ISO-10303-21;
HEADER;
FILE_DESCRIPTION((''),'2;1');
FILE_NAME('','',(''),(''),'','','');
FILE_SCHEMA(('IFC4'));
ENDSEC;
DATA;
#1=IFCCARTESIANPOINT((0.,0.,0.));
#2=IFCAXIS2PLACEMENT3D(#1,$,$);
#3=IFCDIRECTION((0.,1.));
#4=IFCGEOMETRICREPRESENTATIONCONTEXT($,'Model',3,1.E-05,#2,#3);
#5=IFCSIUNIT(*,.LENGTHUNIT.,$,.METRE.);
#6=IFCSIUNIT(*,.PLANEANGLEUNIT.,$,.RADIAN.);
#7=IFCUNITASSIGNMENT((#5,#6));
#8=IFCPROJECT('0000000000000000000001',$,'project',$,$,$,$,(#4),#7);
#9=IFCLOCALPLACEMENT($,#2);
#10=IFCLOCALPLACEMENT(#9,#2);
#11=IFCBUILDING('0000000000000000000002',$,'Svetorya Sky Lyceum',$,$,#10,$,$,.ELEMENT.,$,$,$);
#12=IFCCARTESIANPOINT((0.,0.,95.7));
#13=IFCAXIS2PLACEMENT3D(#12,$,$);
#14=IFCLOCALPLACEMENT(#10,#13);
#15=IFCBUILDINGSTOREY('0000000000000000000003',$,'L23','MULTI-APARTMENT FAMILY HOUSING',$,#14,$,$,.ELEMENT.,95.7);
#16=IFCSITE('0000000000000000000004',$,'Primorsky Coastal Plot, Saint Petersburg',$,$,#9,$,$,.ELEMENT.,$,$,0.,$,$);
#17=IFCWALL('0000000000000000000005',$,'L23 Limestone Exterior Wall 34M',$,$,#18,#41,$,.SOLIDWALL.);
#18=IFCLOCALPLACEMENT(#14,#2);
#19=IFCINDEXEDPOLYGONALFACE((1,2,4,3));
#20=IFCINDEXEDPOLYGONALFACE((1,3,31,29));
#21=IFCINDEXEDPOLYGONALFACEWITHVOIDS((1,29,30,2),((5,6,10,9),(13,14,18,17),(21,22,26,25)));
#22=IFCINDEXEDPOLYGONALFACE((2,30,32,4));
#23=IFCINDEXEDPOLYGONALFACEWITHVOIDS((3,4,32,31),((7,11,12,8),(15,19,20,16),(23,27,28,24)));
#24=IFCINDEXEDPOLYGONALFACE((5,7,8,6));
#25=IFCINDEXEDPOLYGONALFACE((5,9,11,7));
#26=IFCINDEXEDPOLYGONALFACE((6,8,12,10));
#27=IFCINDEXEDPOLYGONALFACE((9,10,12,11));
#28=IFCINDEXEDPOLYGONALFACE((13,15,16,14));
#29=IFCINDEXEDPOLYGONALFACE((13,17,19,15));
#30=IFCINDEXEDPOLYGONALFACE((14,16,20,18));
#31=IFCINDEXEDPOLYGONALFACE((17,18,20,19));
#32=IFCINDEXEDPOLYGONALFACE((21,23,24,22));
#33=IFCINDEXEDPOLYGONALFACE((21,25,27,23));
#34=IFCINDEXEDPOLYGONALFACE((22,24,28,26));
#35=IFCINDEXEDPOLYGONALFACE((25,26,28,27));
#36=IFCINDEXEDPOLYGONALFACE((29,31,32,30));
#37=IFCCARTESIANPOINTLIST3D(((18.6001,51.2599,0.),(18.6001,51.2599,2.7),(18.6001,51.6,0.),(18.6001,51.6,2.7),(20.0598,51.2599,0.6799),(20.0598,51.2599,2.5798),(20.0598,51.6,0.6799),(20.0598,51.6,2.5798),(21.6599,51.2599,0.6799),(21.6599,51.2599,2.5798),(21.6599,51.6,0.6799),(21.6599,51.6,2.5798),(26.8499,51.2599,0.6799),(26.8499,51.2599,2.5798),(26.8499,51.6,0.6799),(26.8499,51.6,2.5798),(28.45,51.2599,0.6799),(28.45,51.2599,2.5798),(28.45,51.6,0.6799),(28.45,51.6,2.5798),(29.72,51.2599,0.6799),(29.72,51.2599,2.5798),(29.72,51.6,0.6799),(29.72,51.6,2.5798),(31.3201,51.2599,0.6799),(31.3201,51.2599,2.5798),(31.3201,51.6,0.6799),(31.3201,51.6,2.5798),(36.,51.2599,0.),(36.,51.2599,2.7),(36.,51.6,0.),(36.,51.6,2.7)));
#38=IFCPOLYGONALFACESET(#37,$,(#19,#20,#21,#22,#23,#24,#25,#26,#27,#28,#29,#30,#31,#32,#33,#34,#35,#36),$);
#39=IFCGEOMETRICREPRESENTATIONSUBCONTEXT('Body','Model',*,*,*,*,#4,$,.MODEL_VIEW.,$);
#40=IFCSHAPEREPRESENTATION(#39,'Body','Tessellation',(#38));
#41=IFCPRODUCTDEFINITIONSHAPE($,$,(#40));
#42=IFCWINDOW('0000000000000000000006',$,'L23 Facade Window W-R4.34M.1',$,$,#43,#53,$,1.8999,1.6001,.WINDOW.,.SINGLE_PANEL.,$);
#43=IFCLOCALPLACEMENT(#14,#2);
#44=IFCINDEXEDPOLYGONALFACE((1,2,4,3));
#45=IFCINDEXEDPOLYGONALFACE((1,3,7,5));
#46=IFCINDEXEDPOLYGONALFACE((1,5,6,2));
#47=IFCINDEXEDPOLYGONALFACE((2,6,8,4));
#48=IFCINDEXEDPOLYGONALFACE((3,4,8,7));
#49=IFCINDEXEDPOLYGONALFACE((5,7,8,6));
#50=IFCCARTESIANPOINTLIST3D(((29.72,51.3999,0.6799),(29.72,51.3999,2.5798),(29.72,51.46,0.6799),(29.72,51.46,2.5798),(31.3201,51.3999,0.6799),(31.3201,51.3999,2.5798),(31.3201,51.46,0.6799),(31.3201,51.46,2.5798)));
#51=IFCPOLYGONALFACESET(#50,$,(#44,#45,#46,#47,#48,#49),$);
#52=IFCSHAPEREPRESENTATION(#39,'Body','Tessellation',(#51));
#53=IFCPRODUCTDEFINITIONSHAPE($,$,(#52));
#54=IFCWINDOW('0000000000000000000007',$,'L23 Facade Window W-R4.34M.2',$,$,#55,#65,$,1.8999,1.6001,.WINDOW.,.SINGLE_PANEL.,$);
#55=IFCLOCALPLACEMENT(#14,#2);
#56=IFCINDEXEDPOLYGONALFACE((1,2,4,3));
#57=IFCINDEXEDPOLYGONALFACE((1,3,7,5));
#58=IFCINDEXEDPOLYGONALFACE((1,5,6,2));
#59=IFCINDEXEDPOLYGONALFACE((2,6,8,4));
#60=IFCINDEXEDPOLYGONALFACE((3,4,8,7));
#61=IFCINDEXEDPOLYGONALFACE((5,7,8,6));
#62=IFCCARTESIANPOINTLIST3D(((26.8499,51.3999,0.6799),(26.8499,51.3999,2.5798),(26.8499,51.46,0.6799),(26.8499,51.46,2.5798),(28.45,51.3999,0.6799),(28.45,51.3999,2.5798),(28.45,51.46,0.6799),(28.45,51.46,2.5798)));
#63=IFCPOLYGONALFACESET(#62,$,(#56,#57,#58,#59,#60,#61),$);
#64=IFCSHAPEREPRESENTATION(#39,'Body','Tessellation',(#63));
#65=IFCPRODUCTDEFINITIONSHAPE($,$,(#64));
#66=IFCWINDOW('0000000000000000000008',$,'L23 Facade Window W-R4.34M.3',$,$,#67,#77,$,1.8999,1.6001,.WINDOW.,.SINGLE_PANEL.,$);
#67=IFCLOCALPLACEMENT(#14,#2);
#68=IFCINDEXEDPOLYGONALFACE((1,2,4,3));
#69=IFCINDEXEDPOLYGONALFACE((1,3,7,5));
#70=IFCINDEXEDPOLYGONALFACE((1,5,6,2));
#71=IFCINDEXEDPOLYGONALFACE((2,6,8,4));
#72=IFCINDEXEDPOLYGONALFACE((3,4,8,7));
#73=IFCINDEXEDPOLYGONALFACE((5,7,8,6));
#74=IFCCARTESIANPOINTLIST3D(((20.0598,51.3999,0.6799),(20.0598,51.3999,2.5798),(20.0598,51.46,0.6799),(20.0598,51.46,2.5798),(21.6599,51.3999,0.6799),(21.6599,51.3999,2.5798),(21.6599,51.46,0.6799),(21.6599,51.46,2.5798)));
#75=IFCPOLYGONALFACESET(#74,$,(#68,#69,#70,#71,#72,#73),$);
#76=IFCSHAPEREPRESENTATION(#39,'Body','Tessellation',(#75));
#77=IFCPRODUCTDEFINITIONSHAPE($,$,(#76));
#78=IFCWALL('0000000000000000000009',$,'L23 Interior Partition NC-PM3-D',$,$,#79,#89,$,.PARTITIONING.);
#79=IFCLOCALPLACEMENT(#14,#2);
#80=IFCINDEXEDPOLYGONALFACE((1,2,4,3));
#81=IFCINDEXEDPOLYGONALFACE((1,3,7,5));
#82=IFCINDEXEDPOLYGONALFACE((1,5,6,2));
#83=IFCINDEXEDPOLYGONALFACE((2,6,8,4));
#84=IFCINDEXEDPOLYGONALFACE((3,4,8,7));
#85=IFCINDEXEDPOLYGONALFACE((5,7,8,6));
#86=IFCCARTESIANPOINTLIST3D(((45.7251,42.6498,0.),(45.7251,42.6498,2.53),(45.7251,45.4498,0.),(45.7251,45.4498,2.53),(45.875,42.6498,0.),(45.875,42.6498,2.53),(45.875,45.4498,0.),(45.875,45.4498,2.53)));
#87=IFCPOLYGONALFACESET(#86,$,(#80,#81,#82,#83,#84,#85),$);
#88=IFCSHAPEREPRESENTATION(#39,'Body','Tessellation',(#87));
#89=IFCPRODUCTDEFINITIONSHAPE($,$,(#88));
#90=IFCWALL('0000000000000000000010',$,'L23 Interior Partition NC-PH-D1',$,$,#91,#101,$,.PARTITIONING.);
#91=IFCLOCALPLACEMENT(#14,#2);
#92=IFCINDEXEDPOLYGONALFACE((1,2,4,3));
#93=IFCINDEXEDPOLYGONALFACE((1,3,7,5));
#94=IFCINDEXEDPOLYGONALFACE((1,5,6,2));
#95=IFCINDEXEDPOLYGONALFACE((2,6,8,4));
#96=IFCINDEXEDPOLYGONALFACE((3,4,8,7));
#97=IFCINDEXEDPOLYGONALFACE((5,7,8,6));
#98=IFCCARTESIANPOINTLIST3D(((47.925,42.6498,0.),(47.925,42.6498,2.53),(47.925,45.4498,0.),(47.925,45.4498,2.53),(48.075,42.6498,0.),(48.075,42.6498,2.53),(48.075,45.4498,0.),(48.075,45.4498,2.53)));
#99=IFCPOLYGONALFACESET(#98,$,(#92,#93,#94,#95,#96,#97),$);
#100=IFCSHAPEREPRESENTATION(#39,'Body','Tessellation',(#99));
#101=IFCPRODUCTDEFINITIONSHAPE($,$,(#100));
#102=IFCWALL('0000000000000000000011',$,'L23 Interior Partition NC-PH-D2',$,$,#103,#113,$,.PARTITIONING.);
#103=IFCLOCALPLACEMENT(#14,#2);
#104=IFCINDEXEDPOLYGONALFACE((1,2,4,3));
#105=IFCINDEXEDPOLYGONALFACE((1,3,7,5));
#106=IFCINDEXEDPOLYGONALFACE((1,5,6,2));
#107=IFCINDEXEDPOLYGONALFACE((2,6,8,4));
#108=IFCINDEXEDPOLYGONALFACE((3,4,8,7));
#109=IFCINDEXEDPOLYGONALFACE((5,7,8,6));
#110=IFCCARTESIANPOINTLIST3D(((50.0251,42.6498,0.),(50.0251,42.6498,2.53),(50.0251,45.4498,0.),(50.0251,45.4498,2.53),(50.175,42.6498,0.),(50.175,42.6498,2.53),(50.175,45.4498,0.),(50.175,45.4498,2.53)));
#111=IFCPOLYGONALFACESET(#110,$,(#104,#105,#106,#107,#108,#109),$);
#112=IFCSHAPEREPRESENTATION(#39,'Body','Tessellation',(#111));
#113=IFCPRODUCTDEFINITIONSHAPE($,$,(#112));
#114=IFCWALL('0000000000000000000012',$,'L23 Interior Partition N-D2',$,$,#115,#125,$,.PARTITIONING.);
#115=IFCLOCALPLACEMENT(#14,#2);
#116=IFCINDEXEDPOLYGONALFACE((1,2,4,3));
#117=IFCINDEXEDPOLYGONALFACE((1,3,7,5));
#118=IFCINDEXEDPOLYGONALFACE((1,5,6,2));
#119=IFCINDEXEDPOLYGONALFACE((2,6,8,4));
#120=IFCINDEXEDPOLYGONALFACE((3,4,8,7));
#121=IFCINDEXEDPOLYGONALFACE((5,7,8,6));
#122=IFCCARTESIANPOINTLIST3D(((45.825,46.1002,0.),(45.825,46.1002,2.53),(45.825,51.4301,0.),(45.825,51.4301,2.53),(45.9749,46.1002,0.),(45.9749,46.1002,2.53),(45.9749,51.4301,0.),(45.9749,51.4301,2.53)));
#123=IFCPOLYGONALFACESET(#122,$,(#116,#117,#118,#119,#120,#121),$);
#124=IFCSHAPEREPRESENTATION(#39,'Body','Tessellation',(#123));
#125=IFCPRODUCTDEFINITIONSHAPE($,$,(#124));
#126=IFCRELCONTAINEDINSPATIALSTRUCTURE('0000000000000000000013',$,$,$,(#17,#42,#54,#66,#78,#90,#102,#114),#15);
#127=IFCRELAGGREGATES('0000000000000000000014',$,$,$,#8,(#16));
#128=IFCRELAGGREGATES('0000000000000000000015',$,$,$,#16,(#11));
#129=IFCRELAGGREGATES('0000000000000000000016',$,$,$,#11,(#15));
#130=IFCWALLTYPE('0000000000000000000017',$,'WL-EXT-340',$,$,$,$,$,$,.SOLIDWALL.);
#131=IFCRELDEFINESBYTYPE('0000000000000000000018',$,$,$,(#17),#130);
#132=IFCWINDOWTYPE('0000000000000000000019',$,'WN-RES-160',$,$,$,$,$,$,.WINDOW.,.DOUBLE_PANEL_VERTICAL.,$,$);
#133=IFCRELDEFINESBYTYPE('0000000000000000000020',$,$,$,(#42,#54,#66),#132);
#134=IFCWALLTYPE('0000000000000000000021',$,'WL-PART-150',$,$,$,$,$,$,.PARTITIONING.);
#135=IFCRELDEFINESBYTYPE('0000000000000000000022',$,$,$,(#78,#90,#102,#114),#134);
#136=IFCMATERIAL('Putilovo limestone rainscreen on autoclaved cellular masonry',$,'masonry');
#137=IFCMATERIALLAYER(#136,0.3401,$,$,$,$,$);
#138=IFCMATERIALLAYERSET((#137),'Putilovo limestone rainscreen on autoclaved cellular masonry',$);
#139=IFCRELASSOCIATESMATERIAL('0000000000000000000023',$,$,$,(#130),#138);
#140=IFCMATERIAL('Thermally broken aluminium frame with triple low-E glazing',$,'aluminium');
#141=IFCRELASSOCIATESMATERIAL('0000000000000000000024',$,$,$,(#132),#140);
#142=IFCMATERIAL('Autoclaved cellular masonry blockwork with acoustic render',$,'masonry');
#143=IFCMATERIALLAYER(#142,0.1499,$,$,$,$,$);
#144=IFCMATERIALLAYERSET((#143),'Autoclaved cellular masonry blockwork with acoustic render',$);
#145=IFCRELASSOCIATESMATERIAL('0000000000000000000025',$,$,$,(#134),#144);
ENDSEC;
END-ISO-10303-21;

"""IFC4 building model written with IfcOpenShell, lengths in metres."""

from ifc_helpers import new_model, si_unit, direction, frame, frame_2d, origin, place, context, subcontext, project, spatial, rectangle, extrude, material, layer, layer_set, type_object, element, fill, save


model = new_model("IFC4")

# Units and contexts
model_context = context("Model", 3, precision=1e-05, world=origin(), true_north=direction((0.0, 1.0)))
body_context = subcontext(model_context, "Body", "Model", "MODEL_VIEW")
ifc_project = project(units=[si_unit("LENGTHUNIT", "METRE"), si_unit("PLANEANGLEUNIT", "RADIAN")], contexts=[model_context])

# Site, building, storey
site_placement = place(None, origin())
site = spatial("IfcSite", under=ifc_project, at=site_placement, Name="Primorsky Coastal Plot, Saint Petersburg", CompositionType="ELEMENT", RefElevation=0.0)
building_placement = place(site_placement, origin())
building = spatial("IfcBuilding", under=site, at=building_placement, Name="Svetorya Sky Lyceum", CompositionType="ELEMENT")
storey_placement = place(building_placement, frame((0.0, 0.0, 95.7)))
storey = spatial("IfcBuildingStorey", under=building, at=storey_placement, Name="L23", Description="MULTI-APARTMENT FAMILY HOUSING", CompositionType="ELEMENT", Elevation=95.7)

# Shared definitions
ifc_material_1 = material(Name="Putilovo limestone rainscreen on autoclaved cellular masonry", Category="masonry")
ifc_layer_1 = layer(ifc_material_1, 0.3401)
ifc_layer_set_1 = layer_set([ifc_layer_1], Name="Putilovo limestone rainscreen on autoclaved cellular masonry")
wall_type_1 = type_object("IfcWallType", Name="WL-EXT-340", PredefinedType="SOLIDWALL", material=ifc_layer_set_1)

# Wall, openings, windows
wall_1_placement = place(storey_placement, frame((36.0, 51.4299, 0.0), z_axis=(0.0, 0.0, 1.0), x_axis=(-1.0, 0.0, 0.0)))
wall_1 = element("IfcWall", 1, at=wall_1_placement, inside=storey, type_object=wall_type_1, Name="L23 Limestone Exterior Wall 34M", PredefinedType="SOLIDWALL", context=body_context, shape_type="SweptSolid", body=[
    extrude(rectangle(XDim=17.3999, YDim=0.3401, at=frame_2d((8.7, 0.0))), origin(), (0.0, 0.0, 1.0), 2.7),
])
opening_1_placement = place(wall_1_placement, frame((4.6799, 0.0, 0.6799)))
opening_1 = element("IfcOpeningElement", 2, at=opening_1_placement, cuts=wall_1, PredefinedType="OPENING", context=body_context, shape_type="SweptSolid", body=[
    extrude(rectangle(XDim=1.6001, YDim=1.8999, at=frame_2d((0.8, 0.95))), frame((0.0, 0.1799, 0.0), z_axis=(0.0, -1.0, 0.0), x_axis=(1.0, 0.0, 0.0)), (0.0, 0.0, 1.0), 0.3601),
])
opening_2_placement = place(wall_1_placement, frame((7.55, 0.0, 0.6799)))
opening_2 = element("IfcOpeningElement", 3, at=opening_2_placement, cuts=wall_1, PredefinedType="OPENING", context=body_context, shape_type="SweptSolid", body=[
    extrude(rectangle(XDim=1.6001, YDim=1.8999, at=frame_2d((0.8, 0.95))), frame((0.0, 0.1799, 0.0), z_axis=(0.0, -1.0, 0.0), x_axis=(1.0, 0.0, 0.0)), (0.0, 0.0, 1.0), 0.3601),
])
opening_3_placement = place(wall_1_placement, frame((14.3401, 0.0, 0.6799)))
opening_3 = element("IfcOpeningElement", 4, at=opening_3_placement, cuts=wall_1, PredefinedType="OPENING", context=body_context, shape_type="SweptSolid", body=[
    extrude(rectangle(XDim=1.6001, YDim=1.8999, at=frame_2d((0.8, 0.95))), frame((0.0, 0.1799, 0.0), z_axis=(0.0, -1.0, 0.0), x_axis=(1.0, 0.0, 0.0)), (0.0, 0.0, 1.0), 0.3601),
])
ifc_material_2 = material(Name="Thermally broken aluminium frame with triple low-E glazing", Category="aluminium")
window_type = type_object("IfcWindowType", Name="WN-RES-160", PartitioningType="DOUBLE_PANEL_VERTICAL", PredefinedType="WINDOW", material=ifc_material_2)
window_1_placement = place(opening_1_placement, origin())
window_1 = element("IfcWindow", 5, at=window_1_placement, inside=storey, type_object=window_type, Name="L23 Facade Window W-R4.34M.1", OverallHeight=1.8999, OverallWidth=1.6001, PartitioningType="SINGLE_PANEL", PredefinedType="WINDOW", context=body_context, shape_type="SweptSolid", body=[
    extrude(rectangle(XDim=1.6001, YDim=1.8999, at=frame_2d((0.8, 0.95))), frame((0.0, 0.03, 0.0), z_axis=(0.0, -1.0, 0.0), x_axis=(1.0, 0.0, 0.0)), (0.0, 0.0, 1.0), 0.0601),
])
fill(opening_1, window_1)
window_2_placement = place(opening_2_placement, origin())
window_2 = element("IfcWindow", 6, at=window_2_placement, inside=storey, type_object=window_type, Name="L23 Facade Window W-R4.34M.2", OverallHeight=1.8999, OverallWidth=1.6001, PartitioningType="SINGLE_PANEL", PredefinedType="WINDOW", context=body_context, shape_type="SweptSolid", body=[
    extrude(rectangle(XDim=1.6001, YDim=1.8999, at=frame_2d((0.8, 0.95))), frame((0.0, 0.03, 0.0), z_axis=(0.0, -1.0, 0.0), x_axis=(1.0, 0.0, 0.0)), (0.0, 0.0, 1.0), 0.0601),
])
fill(opening_2, window_2)
window_3_placement = place(opening_3_placement, origin())
window_3 = element("IfcWindow", 7, at=window_3_placement, inside=storey, type_object=window_type, Name="L23 Facade Window W-R4.34M.3", OverallHeight=1.8999, OverallWidth=1.6001, PartitioningType="SINGLE_PANEL", PredefinedType="WINDOW", context=body_context, shape_type="SweptSolid", body=[
    extrude(rectangle(XDim=1.6001, YDim=1.8999, at=frame_2d((0.8, 0.95))), frame((0.0, 0.03, 0.0), z_axis=(0.0, -1.0, 0.0), x_axis=(1.0, 0.0, 0.0)), (0.0, 0.0, 1.0), 0.0601),
])
fill(opening_3, window_3)

# Walls
ifc_material_3 = material(Name="Autoclaved cellular masonry blockwork with acoustic render", Category="masonry")
ifc_layer_2 = layer(ifc_material_3, 0.1499)
ifc_layer_set_2 = layer_set([ifc_layer_2], Name="Autoclaved cellular masonry blockwork with acoustic render")
wall_type_2 = type_object("IfcWallType", Name="WL-PART-150", PredefinedType="PARTITIONING", material=ifc_layer_set_2)
for number, where, z_axis, x_axis, name in (
    (8, (45.8, 42.6499, 0.0), (0.0, 0.0, 1.0), (0.0, 1.0, 0.0), "L23 Interior Partition NC-PM3-D"),
    (9, (48.0, 42.6499, 0.0), (0.0, 0.0, 1.0), (0.0, 1.0, 0.0), "L23 Interior Partition NC-PH-D1"),
    (10, (50.1001, 42.6499, 0.0), (0.0, 0.0, 1.0), (0.0, 1.0, 0.0), "L23 Interior Partition NC-PH-D2"),
):
    element("IfcWall", number, at=place(storey_placement, frame(where, z_axis=z_axis, x_axis=x_axis)), inside=storey, type_object=wall_type_2, Name=name, PredefinedType="PARTITIONING", context=body_context, shape_type="SweptSolid", body=[
        extrude(rectangle(XDim=2.8, YDim=0.1499, at=frame_2d((1.3999, 0.0))), origin(), (0.0, 0.0, 1.0), 2.53),
    ])
wall_2_placement = place(storey_placement, frame((45.8999, 46.1001, 0.0), z_axis=(0.0, 0.0, 1.0), x_axis=(0.0, 1.0, 0.0)))
element("IfcWall", 11, at=wall_2_placement, inside=storey, type_object=wall_type_2, Name="L23 Interior Partition N-D2", PredefinedType="PARTITIONING", context=body_context, shape_type="SweptSolid", body=[
    extrude(rectangle(XDim=5.3298, YDim=0.1499, at=frame_2d((2.665, 0.0))), origin(), (0.0, 0.0, 1.0), 2.53),
])

save(model, "model.ifc")
